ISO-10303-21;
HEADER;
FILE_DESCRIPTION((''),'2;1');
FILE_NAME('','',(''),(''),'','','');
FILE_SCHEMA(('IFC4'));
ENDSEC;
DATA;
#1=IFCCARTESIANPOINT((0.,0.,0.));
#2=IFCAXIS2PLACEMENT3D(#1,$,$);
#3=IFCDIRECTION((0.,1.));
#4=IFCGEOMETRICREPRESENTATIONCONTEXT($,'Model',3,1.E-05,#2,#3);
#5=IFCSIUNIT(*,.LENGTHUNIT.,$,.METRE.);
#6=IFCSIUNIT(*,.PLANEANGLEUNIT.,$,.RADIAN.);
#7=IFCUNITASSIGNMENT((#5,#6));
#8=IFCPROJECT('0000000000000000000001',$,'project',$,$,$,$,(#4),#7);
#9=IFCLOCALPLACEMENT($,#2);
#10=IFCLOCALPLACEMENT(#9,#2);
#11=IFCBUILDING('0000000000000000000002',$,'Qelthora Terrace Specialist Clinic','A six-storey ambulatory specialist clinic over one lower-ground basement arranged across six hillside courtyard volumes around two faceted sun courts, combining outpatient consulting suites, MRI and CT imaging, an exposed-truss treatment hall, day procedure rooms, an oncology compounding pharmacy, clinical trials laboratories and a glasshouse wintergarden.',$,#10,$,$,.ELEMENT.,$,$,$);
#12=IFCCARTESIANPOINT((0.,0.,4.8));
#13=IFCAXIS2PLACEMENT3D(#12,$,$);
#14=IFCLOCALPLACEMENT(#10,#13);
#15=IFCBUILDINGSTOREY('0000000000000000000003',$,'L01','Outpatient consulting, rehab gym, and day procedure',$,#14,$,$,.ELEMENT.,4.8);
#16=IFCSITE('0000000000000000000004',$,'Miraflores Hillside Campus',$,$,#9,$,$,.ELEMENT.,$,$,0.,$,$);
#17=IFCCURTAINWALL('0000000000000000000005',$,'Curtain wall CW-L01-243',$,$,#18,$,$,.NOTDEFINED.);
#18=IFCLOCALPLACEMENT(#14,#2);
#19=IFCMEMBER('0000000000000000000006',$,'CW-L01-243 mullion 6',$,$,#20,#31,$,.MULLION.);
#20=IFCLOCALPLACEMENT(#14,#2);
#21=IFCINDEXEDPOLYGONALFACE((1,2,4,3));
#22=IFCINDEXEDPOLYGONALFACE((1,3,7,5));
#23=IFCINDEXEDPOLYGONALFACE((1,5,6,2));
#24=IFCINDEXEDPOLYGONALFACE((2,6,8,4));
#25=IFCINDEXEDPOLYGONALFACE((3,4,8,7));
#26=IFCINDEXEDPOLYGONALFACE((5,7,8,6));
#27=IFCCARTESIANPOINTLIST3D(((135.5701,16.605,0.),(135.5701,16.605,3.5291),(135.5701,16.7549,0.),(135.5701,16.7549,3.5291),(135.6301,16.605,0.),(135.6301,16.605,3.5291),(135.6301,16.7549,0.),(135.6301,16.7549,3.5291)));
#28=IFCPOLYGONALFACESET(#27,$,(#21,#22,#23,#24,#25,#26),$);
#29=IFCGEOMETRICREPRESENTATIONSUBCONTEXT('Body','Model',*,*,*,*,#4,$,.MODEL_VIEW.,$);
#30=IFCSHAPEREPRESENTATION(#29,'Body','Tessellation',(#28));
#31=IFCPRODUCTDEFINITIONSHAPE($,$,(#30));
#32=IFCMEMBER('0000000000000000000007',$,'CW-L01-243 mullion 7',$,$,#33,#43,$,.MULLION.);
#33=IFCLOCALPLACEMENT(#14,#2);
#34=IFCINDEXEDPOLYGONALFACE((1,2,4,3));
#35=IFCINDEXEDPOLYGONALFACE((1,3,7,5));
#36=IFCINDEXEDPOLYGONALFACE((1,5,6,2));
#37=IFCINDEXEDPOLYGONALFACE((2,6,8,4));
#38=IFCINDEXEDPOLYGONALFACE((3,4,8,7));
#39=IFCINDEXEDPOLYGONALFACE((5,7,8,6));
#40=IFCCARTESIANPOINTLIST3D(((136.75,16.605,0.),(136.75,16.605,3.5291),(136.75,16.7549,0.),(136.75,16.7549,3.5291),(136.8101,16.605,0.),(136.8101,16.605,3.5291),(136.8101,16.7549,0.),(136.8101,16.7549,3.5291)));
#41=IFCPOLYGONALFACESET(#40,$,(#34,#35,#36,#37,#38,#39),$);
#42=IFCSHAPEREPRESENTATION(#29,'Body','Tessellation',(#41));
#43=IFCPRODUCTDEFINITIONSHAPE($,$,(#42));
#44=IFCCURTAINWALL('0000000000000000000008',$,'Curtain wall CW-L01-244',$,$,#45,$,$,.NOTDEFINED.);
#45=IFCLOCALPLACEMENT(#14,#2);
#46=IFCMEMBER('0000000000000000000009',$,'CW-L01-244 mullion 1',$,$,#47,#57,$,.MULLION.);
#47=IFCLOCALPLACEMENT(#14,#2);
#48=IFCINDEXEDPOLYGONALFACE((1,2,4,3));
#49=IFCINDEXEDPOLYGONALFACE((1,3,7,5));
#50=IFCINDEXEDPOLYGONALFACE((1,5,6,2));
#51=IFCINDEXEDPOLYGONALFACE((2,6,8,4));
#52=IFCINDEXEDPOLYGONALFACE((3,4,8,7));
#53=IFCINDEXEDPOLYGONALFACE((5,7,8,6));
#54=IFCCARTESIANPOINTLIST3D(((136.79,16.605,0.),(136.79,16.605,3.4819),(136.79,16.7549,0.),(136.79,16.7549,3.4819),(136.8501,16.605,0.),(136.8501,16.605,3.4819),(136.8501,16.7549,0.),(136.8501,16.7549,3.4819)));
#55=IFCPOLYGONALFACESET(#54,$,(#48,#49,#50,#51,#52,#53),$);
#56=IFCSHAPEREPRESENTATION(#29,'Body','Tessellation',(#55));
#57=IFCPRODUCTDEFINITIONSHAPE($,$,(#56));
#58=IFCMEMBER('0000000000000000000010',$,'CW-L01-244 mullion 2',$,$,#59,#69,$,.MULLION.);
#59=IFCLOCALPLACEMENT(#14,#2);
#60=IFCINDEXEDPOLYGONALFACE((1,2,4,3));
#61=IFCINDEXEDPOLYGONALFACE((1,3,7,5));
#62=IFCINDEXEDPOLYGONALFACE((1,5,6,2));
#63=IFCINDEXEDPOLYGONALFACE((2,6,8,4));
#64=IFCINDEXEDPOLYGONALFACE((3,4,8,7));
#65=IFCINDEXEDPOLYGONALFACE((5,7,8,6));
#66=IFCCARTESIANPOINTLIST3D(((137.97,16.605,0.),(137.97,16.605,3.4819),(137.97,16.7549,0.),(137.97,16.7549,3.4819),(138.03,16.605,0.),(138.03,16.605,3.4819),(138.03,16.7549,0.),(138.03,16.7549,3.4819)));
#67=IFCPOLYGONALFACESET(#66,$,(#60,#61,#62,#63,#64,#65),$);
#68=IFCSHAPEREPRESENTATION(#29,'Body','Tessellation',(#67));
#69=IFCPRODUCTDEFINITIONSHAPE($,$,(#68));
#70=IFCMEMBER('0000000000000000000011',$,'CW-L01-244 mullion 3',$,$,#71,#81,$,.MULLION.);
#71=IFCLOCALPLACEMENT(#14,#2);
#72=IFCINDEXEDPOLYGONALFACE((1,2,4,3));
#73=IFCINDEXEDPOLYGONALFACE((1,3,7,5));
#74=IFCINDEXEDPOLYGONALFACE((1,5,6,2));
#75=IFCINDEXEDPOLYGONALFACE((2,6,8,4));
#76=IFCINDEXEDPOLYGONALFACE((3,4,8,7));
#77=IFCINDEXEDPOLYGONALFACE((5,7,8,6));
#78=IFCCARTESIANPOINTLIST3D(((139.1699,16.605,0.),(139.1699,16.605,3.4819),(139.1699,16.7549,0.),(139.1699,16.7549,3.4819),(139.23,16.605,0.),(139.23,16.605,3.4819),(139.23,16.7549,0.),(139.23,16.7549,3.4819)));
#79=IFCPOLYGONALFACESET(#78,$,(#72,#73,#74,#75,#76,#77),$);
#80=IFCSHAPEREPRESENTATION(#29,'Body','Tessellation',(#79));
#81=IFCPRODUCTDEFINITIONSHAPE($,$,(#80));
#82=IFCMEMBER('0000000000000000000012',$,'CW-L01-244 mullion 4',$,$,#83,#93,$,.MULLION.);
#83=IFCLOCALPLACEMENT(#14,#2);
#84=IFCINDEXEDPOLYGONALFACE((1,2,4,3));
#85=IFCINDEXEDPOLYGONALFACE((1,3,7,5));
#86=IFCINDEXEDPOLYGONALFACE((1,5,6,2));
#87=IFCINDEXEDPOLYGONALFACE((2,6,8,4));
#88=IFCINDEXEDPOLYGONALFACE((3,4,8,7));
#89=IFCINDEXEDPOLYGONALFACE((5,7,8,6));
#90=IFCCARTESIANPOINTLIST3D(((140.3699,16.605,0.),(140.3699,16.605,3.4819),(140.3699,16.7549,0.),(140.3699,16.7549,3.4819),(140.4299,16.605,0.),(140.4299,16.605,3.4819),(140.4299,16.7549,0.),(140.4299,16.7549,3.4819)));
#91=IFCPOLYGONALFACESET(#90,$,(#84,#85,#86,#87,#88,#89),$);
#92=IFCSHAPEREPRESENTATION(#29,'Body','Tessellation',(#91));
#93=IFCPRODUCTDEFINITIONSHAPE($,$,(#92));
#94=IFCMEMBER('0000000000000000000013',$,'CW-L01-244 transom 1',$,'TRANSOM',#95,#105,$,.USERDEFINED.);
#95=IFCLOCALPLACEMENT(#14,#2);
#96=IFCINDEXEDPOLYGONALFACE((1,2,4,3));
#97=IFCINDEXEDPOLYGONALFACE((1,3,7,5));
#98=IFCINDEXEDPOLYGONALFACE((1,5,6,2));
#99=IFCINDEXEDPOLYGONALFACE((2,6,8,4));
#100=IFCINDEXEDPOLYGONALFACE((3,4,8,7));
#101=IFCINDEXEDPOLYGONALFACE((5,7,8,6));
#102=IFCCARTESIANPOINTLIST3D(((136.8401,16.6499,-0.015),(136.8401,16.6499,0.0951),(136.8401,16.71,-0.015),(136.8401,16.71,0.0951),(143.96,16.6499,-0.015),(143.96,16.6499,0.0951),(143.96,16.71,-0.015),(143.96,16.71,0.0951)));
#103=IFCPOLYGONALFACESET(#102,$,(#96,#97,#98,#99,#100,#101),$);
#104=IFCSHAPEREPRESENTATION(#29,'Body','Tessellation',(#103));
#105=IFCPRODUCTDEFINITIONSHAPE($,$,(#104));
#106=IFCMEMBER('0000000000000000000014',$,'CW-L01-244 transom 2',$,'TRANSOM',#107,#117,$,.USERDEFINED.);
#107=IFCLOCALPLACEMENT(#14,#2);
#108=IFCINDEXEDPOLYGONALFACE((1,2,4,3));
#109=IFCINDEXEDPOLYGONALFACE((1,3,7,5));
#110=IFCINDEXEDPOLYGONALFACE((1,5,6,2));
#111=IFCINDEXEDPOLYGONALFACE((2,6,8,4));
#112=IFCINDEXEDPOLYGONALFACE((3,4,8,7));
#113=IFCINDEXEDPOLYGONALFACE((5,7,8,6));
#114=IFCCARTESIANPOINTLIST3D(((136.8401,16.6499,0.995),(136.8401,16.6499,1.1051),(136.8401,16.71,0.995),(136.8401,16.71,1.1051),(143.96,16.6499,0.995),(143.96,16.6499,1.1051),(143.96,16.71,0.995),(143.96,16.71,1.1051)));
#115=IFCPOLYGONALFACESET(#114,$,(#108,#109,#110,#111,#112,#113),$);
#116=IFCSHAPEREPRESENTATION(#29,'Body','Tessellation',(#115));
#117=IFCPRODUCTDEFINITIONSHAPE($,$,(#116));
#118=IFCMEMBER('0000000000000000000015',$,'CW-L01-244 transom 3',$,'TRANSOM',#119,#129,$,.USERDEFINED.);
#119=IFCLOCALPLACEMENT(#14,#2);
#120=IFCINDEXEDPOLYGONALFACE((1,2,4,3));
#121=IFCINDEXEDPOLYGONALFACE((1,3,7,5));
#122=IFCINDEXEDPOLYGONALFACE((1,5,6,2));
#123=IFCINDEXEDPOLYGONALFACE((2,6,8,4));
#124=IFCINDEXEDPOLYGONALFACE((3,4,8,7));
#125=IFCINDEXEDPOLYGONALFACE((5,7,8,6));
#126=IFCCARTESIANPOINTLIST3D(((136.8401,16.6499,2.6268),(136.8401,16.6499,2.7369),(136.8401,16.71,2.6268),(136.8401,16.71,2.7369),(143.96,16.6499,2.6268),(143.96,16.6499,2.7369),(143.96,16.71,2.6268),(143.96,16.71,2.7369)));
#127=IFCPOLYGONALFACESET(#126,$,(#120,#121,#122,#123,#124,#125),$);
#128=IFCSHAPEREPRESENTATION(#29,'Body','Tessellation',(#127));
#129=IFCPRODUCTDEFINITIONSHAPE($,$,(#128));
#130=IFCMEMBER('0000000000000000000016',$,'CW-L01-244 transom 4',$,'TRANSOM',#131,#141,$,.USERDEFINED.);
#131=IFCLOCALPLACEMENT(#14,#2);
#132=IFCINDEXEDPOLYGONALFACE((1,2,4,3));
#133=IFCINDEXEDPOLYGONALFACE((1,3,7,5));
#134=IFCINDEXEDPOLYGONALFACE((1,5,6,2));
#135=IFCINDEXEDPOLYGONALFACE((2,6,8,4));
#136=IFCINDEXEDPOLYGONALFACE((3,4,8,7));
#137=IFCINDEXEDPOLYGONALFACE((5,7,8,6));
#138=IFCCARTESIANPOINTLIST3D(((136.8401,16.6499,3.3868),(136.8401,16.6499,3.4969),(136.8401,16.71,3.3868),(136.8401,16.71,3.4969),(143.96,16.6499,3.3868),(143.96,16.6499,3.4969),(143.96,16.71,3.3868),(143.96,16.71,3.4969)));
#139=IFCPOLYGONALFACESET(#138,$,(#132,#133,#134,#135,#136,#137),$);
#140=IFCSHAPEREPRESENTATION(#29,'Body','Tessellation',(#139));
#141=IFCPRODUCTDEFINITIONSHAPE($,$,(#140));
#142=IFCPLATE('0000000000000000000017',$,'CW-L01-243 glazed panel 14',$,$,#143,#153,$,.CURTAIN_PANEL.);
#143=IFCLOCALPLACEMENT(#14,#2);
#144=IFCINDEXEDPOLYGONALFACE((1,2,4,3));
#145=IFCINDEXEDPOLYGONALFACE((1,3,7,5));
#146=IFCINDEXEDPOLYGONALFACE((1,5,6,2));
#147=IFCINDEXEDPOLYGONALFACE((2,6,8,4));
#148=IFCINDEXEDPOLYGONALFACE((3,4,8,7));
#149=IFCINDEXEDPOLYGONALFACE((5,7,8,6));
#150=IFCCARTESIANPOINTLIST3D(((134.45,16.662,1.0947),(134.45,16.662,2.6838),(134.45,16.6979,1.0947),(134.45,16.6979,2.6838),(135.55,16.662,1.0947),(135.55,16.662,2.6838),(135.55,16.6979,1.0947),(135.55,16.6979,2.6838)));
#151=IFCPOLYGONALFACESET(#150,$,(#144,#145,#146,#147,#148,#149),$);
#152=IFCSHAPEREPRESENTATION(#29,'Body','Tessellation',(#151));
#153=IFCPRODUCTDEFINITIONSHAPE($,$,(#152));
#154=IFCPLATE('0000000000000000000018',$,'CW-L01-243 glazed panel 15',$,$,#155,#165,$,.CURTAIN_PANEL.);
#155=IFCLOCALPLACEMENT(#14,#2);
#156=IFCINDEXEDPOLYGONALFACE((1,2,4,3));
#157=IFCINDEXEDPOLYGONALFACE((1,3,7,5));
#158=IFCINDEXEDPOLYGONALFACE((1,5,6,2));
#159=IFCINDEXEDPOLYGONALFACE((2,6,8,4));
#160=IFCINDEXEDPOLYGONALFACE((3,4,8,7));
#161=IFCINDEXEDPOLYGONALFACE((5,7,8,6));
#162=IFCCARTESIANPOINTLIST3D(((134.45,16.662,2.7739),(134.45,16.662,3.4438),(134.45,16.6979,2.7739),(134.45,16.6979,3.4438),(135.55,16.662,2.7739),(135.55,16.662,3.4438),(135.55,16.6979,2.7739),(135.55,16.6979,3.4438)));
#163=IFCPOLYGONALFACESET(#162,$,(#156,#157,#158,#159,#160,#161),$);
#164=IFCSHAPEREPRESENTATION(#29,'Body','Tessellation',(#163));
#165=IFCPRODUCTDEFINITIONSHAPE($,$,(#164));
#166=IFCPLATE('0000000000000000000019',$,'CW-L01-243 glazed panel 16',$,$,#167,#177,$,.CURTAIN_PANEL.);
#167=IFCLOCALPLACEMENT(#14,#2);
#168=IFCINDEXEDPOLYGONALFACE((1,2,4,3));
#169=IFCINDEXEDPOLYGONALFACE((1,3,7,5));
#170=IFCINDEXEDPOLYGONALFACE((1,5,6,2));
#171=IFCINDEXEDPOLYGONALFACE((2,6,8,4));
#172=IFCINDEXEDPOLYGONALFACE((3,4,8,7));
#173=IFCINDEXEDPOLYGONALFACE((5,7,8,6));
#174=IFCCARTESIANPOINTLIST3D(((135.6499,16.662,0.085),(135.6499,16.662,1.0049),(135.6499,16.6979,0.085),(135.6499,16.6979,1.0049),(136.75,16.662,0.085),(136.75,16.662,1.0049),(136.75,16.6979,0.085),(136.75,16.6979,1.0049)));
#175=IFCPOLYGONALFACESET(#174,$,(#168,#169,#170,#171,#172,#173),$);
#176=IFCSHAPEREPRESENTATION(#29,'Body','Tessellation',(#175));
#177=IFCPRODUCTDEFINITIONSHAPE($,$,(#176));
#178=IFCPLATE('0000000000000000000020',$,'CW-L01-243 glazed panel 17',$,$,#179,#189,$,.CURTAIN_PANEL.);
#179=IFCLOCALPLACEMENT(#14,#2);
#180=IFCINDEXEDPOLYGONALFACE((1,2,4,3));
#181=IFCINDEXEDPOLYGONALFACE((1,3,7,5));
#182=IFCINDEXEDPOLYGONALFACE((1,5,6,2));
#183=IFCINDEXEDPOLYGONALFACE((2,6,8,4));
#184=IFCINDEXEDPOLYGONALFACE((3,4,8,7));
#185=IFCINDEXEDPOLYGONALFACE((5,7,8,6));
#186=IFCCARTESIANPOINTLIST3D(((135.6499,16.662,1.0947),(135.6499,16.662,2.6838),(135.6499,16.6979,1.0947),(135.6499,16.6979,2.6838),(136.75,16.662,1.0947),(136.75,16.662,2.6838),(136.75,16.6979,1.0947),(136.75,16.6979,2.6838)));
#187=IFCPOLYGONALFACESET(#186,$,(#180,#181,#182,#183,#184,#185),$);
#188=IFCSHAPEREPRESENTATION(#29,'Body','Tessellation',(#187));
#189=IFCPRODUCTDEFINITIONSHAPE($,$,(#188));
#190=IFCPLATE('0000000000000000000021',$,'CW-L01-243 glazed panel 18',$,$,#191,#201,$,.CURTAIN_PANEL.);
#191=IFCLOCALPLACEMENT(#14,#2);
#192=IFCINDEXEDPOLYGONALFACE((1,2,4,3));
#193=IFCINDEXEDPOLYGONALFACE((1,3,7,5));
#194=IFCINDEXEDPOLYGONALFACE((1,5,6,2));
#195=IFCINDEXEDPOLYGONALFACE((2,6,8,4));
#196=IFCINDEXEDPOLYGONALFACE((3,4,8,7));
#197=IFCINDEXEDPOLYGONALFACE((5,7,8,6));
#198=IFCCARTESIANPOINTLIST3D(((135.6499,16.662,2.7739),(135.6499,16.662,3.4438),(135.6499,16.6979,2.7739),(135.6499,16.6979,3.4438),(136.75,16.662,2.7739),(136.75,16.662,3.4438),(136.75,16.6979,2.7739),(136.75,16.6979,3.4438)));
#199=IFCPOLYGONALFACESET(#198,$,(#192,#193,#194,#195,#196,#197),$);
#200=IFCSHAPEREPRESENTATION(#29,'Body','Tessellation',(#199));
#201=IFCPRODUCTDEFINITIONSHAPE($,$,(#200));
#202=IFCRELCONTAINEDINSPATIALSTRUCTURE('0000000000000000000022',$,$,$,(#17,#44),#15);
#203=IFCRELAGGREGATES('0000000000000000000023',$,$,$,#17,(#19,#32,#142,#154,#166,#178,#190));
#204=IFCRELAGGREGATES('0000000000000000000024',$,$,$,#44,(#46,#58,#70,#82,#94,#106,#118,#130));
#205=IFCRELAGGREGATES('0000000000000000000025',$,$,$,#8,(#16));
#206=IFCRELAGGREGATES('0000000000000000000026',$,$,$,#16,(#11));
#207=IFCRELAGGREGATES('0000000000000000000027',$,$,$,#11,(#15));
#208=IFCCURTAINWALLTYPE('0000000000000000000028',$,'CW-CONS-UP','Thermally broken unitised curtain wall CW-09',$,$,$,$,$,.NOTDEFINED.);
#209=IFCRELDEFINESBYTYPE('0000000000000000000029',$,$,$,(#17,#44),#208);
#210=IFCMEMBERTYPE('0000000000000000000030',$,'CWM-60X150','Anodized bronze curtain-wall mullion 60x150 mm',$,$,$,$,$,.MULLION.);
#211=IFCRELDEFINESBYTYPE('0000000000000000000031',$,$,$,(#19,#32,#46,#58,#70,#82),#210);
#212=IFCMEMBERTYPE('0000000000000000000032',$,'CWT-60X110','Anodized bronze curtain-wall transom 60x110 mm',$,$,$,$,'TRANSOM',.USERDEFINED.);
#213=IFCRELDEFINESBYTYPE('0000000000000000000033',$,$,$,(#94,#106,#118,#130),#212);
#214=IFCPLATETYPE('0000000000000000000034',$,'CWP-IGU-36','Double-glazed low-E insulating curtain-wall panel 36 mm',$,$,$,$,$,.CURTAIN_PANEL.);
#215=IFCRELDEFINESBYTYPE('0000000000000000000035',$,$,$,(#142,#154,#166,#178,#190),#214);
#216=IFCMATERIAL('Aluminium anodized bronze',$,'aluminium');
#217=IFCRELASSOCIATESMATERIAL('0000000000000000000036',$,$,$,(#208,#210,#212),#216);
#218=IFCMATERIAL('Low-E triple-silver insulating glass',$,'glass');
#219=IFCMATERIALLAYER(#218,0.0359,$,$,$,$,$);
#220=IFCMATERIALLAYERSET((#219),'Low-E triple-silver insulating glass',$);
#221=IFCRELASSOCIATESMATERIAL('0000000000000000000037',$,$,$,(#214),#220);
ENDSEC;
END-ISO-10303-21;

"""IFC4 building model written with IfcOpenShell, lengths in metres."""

from ifc_helpers import new_model, si_unit, direction, frame, origin, origin_2d, place, context, subcontext, project, spatial, rectangle, extrude, material, layer, layer_set, material_profile, profile_set, type_object, element, aggregate, save


model = new_model("IFC4")

# Units and contexts
model_context = context("Model", 3, precision=1e-05, world=origin(), true_north=direction((0.0, 1.0)))
body_context = subcontext(model_context, "Body", "Model", "MODEL_VIEW")
ifc_project = project(units=[si_unit("LENGTHUNIT", "METRE"), si_unit("PLANEANGLEUNIT", "RADIAN")], contexts=[model_context])

# Site, building, storey
site_placement = place(None, origin())
site = spatial("IfcSite", under=ifc_project, at=site_placement, Name="Miraflores Hillside Campus", CompositionType="ELEMENT", RefElevation=0.0)
building_placement = place(site_placement, origin())
building = spatial("IfcBuilding", under=site, at=building_placement, Name="Qelthora Terrace Specialist Clinic", Description="A six-storey ambulatory specialist clinic over one lower-ground basement arranged across six hillside courtyard volumes around two faceted sun courts, combining outpatient consulting suites, MRI and CT imaging, an exposed-truss treatment hall, day procedure rooms, an oncology compounding pharmacy, clinical trials laboratories and a glasshouse wintergarden.", CompositionType="ELEMENT")
storey_placement = place(building_placement, frame((0.0, 0.0, 4.8)))
storey = spatial("IfcBuildingStorey", under=building, at=storey_placement, Name="L01", Description="Outpatient consulting, rehab gym, and day procedure", CompositionType="ELEMENT", Elevation=4.8)

# Curtain walls, members
ifc_material_1 = material(Name="Aluminium anodized bronze", Category="aluminium")
curtain_wall_type = type_object("IfcCurtainWallType", Name="CW-CONS-UP", Description="Thermally broken unitised curtain wall CW-09", PredefinedType="NOTDEFINED", material=ifc_material_1)
curtain_wall_1_placement = place(storey_placement, origin())
curtain_wall_1 = element("IfcCurtainWall", 1, at=curtain_wall_1_placement, inside=storey, type_object=curtain_wall_type, Name="Curtain wall CW-L01-243", PredefinedType="NOTDEFINED")
ifc_material_profile_1 = material_profile(ifc_material_1, rectangle(XDim=0.0601, YDim=0.1499, at=origin_2d()), Name="CWM60X150")
ifc_profile_set_1 = profile_set([ifc_material_profile_1], Name="Aluminium anodized bronze")
member_type_1 = type_object("IfcMemberType", Name="CWM-60X150", Description="Anodized bronze curtain-wall mullion 60x150 mm", PredefinedType="MULLION", material=ifc_profile_set_1)
member_1_placement = place(storey_placement, frame((135.6001, 16.6799, 0.0), z_axis=(0.0, 0.0, 1.0), x_axis=(1.0, 0.0, 0.0)))
member_1 = element("IfcMember", 2, at=member_1_placement, type_object=member_type_1, Name="CW-L01-243 mullion 6", PredefinedType="MULLION", context=body_context, shape_type="SweptSolid", body=[
    extrude(rectangle(XDim=0.0601, YDim=0.1499, at=origin_2d()), origin(), (0.0, 0.0, 1.0), 3.5291),
])
member_2_placement = place(storey_placement, frame((136.78, 16.6799, 0.0), z_axis=(0.0, 0.0, 1.0), x_axis=(1.0, 0.0, 0.0)))
member_2 = element("IfcMember", 3, at=member_2_placement, type_object=member_type_1, Name="CW-L01-243 mullion 7", PredefinedType="MULLION", context=body_context, shape_type="SweptSolid", body=[
    extrude(rectangle(XDim=0.0601, YDim=0.1499, at=origin_2d()), origin(), (0.0, 0.0, 1.0), 3.5291),
])
curtain_wall_2_placement = place(storey_placement, origin())
curtain_wall_2 = element("IfcCurtainWall", 4, at=curtain_wall_2_placement, inside=storey, type_object=curtain_wall_type, Name="Curtain wall CW-L01-244", PredefinedType="NOTDEFINED")
member_3_placement = place(storey_placement, frame((136.8201, 16.6799, 0.0), z_axis=(0.0, 0.0, 1.0), x_axis=(1.0, 0.0, 0.0)))
member_3 = element("IfcMember", 5, at=member_3_placement, type_object=member_type_1, Name="CW-L01-244 mullion 1", PredefinedType="MULLION", context=body_context, shape_type="SweptSolid", body=[
    extrude(rectangle(XDim=0.0601, YDim=0.1499, at=origin_2d()), origin(), (0.0, 0.0, 1.0), 3.4819),
])
member_4_placement = place(storey_placement, frame((138.0, 16.6799, 0.0), z_axis=(0.0, 0.0, 1.0), x_axis=(1.0, 0.0, 0.0)))
member_4 = element("IfcMember", 6, at=member_4_placement, type_object=member_type_1, Name="CW-L01-244 mullion 2", PredefinedType="MULLION", context=body_context, shape_type="SweptSolid", body=[
    extrude(rectangle(XDim=0.0601, YDim=0.1499, at=origin_2d()), origin(), (0.0, 0.0, 1.0), 3.4819),
])
member_5_placement = place(storey_placement, frame((139.2, 16.6799, 0.0), z_axis=(0.0, 0.0, 1.0), x_axis=(1.0, 0.0, 0.0)))
member_5 = element("IfcMember", 7, at=member_5_placement, type_object=member_type_1, Name="CW-L01-244 mullion 3", PredefinedType="MULLION", context=body_context, shape_type="SweptSolid", body=[
    extrude(rectangle(XDim=0.0601, YDim=0.1499, at=origin_2d()), origin(), (0.0, 0.0, 1.0), 3.4819),
])
member_6_placement = place(storey_placement, frame((140.3999, 16.6799, 0.0), z_axis=(0.0, 0.0, 1.0), x_axis=(1.0, 0.0, 0.0)))
member_6 = element("IfcMember", 8, at=member_6_placement, type_object=member_type_1, Name="CW-L01-244 mullion 4", PredefinedType="MULLION", context=body_context, shape_type="SweptSolid", body=[
    extrude(rectangle(XDim=0.0601, YDim=0.1499, at=origin_2d()), origin(), (0.0, 0.0, 1.0), 3.4819),
])
ifc_material_profile_2 = material_profile(ifc_material_1, rectangle(XDim=0.0601, YDim=0.1101, at=origin_2d()), Name="CWT60X110")
ifc_profile_set_2 = profile_set([ifc_material_profile_2], Name="Aluminium anodized bronze")
member_type_2 = type_object("IfcMemberType", Name="CWT-60X110", Description="Anodized bronze curtain-wall transom 60x110 mm", ElementType="TRANSOM", PredefinedType="USERDEFINED", material=ifc_profile_set_2)
member_7_placement = place(storey_placement, frame((136.8401, 16.6799, 0.04), z_axis=(1.0, 0.0, 0.0), x_axis=(0.0, 1.0, 0.0)))
member_7 = element("IfcMember", 9, at=member_7_placement, type_object=member_type_2, Name="CW-L01-244 transom 1", ObjectType="TRANSOM", PredefinedType="USERDEFINED", context=body_context, shape_type="SweptSolid", body=[
    extrude(rectangle(XDim=0.0601, YDim=0.1101, at=origin_2d()), origin(), (0.0, 0.0, 1.0), 7.1199),
])
member_8_placement = place(storey_placement, frame((136.8401, 16.6799, 1.05), z_axis=(1.0, 0.0, 0.0), x_axis=(0.0, 1.0, 0.0)))
member_8 = element("IfcMember", 10, at=member_8_placement, type_object=member_type_2, Name="CW-L01-244 transom 2", ObjectType="TRANSOM", PredefinedType="USERDEFINED", context=body_context, shape_type="SweptSolid", body=[
    extrude(rectangle(XDim=0.0601, YDim=0.1101, at=origin_2d()), origin(), (0.0, 0.0, 1.0), 7.1199),
])
member_9_placement = place(storey_placement, frame((136.8401, 16.6799, 2.6819), z_axis=(1.0, 0.0, 0.0), x_axis=(0.0, 1.0, 0.0)))
member_9 = element("IfcMember", 11, at=member_9_placement, type_object=member_type_2, Name="CW-L01-244 transom 3", ObjectType="TRANSOM", PredefinedType="USERDEFINED", context=body_context, shape_type="SweptSolid", body=[
    extrude(rectangle(XDim=0.0601, YDim=0.1101, at=origin_2d()), origin(), (0.0, 0.0, 1.0), 7.1199),
])
member_10_placement = place(storey_placement, frame((136.8401, 16.6799, 3.4419), z_axis=(1.0, 0.0, 0.0), x_axis=(0.0, 1.0, 0.0)))
member_10 = element("IfcMember", 12, at=member_10_placement, type_object=member_type_2, Name="CW-L01-244 transom 4", ObjectType="TRANSOM", PredefinedType="USERDEFINED", context=body_context, shape_type="SweptSolid", body=[
    extrude(rectangle(XDim=0.0601, YDim=0.1101, at=origin_2d()), origin(), (0.0, 0.0, 1.0), 7.1199),
])

# Plates
ifc_material_2 = material(Name="Low-E triple-silver insulating glass", Category="glass")
ifc_layer = layer(ifc_material_2, 0.0359)
ifc_layer_set = layer_set([ifc_layer], Name="Low-E triple-silver insulating glass")
plate_type = type_object("IfcPlateType", Name="CWP-IGU-36", Description="Double-glazed low-E insulating curtain-wall panel 36 mm", PredefinedType="CURTAIN_PANEL", material=ifc_layer_set)
plate_1_placement = place(storey_placement, frame((135.0, 16.6799, 1.0947), z_axis=(0.0, 0.0, 1.0), x_axis=(1.0, 0.0, 0.0)))
plate_1 = element("IfcPlate", 13, at=plate_1_placement, type_object=plate_type, Name="CW-L01-243 glazed panel 14", PredefinedType="CURTAIN_PANEL", context=body_context, shape_type="SweptSolid", body=[
    extrude(rectangle(XDim=1.1001, YDim=0.0359, at=origin_2d()), origin(), (0.0, 0.0, 1.0), 1.5891),
])
plate_2_placement = place(storey_placement, frame((135.0, 16.6799, 2.7739), z_axis=(0.0, 0.0, 1.0), x_axis=(1.0, 0.0, 0.0)))
plate_2 = element("IfcPlate", 14, at=plate_2_placement, type_object=plate_type, Name="CW-L01-243 glazed panel 15", PredefinedType="CURTAIN_PANEL", context=body_context, shape_type="SweptSolid", body=[
    extrude(rectangle(XDim=1.1001, YDim=0.0359, at=origin_2d()), origin(), (0.0, 0.0, 1.0), 0.6699),
])
plate_3_placement = place(storey_placement, frame((136.2, 16.6799, 0.085), z_axis=(0.0, 0.0, 1.0), x_axis=(1.0, 0.0, 0.0)))
plate_3 = element("IfcPlate", 15, at=plate_3_placement, type_object=plate_type, Name="CW-L01-243 glazed panel 16", PredefinedType="CURTAIN_PANEL", context=body_context, shape_type="SweptSolid", body=[
    extrude(rectangle(XDim=1.1001, YDim=0.0359, at=origin_2d()), origin(), (0.0, 0.0, 1.0), 0.9199),
])
plate_4_placement = place(storey_placement, frame((136.2, 16.6799, 1.0947), z_axis=(0.0, 0.0, 1.0), x_axis=(1.0, 0.0, 0.0)))
plate_4 = element("IfcPlate", 16, at=plate_4_placement, type_object=plate_type, Name="CW-L01-243 glazed panel 17", PredefinedType="CURTAIN_PANEL", context=body_context, shape_type="SweptSolid", body=[
    extrude(rectangle(XDim=1.1001, YDim=0.0359, at=origin_2d()), origin(), (0.0, 0.0, 1.0), 1.5891),
])
plate_5_placement = place(storey_placement, frame((136.2, 16.6799, 2.7739), z_axis=(0.0, 0.0, 1.0), x_axis=(1.0, 0.0, 0.0)))
plate_5 = element("IfcPlate", 17, at=plate_5_placement, type_object=plate_type, Name="CW-L01-243 glazed panel 18", PredefinedType="CURTAIN_PANEL", context=body_context, shape_type="SweptSolid", body=[
    extrude(rectangle(XDim=1.1001, YDim=0.0359, at=origin_2d()), origin(), (0.0, 0.0, 1.0), 0.6699),
])
aggregate(curtain_wall_1, [member_1, member_2, plate_1, plate_2, plate_3, plate_4, plate_5])
aggregate(curtain_wall_2, [member_3, member_4, member_5, member_6, member_7, member_8, member_9, member_10])

save(model, "model.ifc")
